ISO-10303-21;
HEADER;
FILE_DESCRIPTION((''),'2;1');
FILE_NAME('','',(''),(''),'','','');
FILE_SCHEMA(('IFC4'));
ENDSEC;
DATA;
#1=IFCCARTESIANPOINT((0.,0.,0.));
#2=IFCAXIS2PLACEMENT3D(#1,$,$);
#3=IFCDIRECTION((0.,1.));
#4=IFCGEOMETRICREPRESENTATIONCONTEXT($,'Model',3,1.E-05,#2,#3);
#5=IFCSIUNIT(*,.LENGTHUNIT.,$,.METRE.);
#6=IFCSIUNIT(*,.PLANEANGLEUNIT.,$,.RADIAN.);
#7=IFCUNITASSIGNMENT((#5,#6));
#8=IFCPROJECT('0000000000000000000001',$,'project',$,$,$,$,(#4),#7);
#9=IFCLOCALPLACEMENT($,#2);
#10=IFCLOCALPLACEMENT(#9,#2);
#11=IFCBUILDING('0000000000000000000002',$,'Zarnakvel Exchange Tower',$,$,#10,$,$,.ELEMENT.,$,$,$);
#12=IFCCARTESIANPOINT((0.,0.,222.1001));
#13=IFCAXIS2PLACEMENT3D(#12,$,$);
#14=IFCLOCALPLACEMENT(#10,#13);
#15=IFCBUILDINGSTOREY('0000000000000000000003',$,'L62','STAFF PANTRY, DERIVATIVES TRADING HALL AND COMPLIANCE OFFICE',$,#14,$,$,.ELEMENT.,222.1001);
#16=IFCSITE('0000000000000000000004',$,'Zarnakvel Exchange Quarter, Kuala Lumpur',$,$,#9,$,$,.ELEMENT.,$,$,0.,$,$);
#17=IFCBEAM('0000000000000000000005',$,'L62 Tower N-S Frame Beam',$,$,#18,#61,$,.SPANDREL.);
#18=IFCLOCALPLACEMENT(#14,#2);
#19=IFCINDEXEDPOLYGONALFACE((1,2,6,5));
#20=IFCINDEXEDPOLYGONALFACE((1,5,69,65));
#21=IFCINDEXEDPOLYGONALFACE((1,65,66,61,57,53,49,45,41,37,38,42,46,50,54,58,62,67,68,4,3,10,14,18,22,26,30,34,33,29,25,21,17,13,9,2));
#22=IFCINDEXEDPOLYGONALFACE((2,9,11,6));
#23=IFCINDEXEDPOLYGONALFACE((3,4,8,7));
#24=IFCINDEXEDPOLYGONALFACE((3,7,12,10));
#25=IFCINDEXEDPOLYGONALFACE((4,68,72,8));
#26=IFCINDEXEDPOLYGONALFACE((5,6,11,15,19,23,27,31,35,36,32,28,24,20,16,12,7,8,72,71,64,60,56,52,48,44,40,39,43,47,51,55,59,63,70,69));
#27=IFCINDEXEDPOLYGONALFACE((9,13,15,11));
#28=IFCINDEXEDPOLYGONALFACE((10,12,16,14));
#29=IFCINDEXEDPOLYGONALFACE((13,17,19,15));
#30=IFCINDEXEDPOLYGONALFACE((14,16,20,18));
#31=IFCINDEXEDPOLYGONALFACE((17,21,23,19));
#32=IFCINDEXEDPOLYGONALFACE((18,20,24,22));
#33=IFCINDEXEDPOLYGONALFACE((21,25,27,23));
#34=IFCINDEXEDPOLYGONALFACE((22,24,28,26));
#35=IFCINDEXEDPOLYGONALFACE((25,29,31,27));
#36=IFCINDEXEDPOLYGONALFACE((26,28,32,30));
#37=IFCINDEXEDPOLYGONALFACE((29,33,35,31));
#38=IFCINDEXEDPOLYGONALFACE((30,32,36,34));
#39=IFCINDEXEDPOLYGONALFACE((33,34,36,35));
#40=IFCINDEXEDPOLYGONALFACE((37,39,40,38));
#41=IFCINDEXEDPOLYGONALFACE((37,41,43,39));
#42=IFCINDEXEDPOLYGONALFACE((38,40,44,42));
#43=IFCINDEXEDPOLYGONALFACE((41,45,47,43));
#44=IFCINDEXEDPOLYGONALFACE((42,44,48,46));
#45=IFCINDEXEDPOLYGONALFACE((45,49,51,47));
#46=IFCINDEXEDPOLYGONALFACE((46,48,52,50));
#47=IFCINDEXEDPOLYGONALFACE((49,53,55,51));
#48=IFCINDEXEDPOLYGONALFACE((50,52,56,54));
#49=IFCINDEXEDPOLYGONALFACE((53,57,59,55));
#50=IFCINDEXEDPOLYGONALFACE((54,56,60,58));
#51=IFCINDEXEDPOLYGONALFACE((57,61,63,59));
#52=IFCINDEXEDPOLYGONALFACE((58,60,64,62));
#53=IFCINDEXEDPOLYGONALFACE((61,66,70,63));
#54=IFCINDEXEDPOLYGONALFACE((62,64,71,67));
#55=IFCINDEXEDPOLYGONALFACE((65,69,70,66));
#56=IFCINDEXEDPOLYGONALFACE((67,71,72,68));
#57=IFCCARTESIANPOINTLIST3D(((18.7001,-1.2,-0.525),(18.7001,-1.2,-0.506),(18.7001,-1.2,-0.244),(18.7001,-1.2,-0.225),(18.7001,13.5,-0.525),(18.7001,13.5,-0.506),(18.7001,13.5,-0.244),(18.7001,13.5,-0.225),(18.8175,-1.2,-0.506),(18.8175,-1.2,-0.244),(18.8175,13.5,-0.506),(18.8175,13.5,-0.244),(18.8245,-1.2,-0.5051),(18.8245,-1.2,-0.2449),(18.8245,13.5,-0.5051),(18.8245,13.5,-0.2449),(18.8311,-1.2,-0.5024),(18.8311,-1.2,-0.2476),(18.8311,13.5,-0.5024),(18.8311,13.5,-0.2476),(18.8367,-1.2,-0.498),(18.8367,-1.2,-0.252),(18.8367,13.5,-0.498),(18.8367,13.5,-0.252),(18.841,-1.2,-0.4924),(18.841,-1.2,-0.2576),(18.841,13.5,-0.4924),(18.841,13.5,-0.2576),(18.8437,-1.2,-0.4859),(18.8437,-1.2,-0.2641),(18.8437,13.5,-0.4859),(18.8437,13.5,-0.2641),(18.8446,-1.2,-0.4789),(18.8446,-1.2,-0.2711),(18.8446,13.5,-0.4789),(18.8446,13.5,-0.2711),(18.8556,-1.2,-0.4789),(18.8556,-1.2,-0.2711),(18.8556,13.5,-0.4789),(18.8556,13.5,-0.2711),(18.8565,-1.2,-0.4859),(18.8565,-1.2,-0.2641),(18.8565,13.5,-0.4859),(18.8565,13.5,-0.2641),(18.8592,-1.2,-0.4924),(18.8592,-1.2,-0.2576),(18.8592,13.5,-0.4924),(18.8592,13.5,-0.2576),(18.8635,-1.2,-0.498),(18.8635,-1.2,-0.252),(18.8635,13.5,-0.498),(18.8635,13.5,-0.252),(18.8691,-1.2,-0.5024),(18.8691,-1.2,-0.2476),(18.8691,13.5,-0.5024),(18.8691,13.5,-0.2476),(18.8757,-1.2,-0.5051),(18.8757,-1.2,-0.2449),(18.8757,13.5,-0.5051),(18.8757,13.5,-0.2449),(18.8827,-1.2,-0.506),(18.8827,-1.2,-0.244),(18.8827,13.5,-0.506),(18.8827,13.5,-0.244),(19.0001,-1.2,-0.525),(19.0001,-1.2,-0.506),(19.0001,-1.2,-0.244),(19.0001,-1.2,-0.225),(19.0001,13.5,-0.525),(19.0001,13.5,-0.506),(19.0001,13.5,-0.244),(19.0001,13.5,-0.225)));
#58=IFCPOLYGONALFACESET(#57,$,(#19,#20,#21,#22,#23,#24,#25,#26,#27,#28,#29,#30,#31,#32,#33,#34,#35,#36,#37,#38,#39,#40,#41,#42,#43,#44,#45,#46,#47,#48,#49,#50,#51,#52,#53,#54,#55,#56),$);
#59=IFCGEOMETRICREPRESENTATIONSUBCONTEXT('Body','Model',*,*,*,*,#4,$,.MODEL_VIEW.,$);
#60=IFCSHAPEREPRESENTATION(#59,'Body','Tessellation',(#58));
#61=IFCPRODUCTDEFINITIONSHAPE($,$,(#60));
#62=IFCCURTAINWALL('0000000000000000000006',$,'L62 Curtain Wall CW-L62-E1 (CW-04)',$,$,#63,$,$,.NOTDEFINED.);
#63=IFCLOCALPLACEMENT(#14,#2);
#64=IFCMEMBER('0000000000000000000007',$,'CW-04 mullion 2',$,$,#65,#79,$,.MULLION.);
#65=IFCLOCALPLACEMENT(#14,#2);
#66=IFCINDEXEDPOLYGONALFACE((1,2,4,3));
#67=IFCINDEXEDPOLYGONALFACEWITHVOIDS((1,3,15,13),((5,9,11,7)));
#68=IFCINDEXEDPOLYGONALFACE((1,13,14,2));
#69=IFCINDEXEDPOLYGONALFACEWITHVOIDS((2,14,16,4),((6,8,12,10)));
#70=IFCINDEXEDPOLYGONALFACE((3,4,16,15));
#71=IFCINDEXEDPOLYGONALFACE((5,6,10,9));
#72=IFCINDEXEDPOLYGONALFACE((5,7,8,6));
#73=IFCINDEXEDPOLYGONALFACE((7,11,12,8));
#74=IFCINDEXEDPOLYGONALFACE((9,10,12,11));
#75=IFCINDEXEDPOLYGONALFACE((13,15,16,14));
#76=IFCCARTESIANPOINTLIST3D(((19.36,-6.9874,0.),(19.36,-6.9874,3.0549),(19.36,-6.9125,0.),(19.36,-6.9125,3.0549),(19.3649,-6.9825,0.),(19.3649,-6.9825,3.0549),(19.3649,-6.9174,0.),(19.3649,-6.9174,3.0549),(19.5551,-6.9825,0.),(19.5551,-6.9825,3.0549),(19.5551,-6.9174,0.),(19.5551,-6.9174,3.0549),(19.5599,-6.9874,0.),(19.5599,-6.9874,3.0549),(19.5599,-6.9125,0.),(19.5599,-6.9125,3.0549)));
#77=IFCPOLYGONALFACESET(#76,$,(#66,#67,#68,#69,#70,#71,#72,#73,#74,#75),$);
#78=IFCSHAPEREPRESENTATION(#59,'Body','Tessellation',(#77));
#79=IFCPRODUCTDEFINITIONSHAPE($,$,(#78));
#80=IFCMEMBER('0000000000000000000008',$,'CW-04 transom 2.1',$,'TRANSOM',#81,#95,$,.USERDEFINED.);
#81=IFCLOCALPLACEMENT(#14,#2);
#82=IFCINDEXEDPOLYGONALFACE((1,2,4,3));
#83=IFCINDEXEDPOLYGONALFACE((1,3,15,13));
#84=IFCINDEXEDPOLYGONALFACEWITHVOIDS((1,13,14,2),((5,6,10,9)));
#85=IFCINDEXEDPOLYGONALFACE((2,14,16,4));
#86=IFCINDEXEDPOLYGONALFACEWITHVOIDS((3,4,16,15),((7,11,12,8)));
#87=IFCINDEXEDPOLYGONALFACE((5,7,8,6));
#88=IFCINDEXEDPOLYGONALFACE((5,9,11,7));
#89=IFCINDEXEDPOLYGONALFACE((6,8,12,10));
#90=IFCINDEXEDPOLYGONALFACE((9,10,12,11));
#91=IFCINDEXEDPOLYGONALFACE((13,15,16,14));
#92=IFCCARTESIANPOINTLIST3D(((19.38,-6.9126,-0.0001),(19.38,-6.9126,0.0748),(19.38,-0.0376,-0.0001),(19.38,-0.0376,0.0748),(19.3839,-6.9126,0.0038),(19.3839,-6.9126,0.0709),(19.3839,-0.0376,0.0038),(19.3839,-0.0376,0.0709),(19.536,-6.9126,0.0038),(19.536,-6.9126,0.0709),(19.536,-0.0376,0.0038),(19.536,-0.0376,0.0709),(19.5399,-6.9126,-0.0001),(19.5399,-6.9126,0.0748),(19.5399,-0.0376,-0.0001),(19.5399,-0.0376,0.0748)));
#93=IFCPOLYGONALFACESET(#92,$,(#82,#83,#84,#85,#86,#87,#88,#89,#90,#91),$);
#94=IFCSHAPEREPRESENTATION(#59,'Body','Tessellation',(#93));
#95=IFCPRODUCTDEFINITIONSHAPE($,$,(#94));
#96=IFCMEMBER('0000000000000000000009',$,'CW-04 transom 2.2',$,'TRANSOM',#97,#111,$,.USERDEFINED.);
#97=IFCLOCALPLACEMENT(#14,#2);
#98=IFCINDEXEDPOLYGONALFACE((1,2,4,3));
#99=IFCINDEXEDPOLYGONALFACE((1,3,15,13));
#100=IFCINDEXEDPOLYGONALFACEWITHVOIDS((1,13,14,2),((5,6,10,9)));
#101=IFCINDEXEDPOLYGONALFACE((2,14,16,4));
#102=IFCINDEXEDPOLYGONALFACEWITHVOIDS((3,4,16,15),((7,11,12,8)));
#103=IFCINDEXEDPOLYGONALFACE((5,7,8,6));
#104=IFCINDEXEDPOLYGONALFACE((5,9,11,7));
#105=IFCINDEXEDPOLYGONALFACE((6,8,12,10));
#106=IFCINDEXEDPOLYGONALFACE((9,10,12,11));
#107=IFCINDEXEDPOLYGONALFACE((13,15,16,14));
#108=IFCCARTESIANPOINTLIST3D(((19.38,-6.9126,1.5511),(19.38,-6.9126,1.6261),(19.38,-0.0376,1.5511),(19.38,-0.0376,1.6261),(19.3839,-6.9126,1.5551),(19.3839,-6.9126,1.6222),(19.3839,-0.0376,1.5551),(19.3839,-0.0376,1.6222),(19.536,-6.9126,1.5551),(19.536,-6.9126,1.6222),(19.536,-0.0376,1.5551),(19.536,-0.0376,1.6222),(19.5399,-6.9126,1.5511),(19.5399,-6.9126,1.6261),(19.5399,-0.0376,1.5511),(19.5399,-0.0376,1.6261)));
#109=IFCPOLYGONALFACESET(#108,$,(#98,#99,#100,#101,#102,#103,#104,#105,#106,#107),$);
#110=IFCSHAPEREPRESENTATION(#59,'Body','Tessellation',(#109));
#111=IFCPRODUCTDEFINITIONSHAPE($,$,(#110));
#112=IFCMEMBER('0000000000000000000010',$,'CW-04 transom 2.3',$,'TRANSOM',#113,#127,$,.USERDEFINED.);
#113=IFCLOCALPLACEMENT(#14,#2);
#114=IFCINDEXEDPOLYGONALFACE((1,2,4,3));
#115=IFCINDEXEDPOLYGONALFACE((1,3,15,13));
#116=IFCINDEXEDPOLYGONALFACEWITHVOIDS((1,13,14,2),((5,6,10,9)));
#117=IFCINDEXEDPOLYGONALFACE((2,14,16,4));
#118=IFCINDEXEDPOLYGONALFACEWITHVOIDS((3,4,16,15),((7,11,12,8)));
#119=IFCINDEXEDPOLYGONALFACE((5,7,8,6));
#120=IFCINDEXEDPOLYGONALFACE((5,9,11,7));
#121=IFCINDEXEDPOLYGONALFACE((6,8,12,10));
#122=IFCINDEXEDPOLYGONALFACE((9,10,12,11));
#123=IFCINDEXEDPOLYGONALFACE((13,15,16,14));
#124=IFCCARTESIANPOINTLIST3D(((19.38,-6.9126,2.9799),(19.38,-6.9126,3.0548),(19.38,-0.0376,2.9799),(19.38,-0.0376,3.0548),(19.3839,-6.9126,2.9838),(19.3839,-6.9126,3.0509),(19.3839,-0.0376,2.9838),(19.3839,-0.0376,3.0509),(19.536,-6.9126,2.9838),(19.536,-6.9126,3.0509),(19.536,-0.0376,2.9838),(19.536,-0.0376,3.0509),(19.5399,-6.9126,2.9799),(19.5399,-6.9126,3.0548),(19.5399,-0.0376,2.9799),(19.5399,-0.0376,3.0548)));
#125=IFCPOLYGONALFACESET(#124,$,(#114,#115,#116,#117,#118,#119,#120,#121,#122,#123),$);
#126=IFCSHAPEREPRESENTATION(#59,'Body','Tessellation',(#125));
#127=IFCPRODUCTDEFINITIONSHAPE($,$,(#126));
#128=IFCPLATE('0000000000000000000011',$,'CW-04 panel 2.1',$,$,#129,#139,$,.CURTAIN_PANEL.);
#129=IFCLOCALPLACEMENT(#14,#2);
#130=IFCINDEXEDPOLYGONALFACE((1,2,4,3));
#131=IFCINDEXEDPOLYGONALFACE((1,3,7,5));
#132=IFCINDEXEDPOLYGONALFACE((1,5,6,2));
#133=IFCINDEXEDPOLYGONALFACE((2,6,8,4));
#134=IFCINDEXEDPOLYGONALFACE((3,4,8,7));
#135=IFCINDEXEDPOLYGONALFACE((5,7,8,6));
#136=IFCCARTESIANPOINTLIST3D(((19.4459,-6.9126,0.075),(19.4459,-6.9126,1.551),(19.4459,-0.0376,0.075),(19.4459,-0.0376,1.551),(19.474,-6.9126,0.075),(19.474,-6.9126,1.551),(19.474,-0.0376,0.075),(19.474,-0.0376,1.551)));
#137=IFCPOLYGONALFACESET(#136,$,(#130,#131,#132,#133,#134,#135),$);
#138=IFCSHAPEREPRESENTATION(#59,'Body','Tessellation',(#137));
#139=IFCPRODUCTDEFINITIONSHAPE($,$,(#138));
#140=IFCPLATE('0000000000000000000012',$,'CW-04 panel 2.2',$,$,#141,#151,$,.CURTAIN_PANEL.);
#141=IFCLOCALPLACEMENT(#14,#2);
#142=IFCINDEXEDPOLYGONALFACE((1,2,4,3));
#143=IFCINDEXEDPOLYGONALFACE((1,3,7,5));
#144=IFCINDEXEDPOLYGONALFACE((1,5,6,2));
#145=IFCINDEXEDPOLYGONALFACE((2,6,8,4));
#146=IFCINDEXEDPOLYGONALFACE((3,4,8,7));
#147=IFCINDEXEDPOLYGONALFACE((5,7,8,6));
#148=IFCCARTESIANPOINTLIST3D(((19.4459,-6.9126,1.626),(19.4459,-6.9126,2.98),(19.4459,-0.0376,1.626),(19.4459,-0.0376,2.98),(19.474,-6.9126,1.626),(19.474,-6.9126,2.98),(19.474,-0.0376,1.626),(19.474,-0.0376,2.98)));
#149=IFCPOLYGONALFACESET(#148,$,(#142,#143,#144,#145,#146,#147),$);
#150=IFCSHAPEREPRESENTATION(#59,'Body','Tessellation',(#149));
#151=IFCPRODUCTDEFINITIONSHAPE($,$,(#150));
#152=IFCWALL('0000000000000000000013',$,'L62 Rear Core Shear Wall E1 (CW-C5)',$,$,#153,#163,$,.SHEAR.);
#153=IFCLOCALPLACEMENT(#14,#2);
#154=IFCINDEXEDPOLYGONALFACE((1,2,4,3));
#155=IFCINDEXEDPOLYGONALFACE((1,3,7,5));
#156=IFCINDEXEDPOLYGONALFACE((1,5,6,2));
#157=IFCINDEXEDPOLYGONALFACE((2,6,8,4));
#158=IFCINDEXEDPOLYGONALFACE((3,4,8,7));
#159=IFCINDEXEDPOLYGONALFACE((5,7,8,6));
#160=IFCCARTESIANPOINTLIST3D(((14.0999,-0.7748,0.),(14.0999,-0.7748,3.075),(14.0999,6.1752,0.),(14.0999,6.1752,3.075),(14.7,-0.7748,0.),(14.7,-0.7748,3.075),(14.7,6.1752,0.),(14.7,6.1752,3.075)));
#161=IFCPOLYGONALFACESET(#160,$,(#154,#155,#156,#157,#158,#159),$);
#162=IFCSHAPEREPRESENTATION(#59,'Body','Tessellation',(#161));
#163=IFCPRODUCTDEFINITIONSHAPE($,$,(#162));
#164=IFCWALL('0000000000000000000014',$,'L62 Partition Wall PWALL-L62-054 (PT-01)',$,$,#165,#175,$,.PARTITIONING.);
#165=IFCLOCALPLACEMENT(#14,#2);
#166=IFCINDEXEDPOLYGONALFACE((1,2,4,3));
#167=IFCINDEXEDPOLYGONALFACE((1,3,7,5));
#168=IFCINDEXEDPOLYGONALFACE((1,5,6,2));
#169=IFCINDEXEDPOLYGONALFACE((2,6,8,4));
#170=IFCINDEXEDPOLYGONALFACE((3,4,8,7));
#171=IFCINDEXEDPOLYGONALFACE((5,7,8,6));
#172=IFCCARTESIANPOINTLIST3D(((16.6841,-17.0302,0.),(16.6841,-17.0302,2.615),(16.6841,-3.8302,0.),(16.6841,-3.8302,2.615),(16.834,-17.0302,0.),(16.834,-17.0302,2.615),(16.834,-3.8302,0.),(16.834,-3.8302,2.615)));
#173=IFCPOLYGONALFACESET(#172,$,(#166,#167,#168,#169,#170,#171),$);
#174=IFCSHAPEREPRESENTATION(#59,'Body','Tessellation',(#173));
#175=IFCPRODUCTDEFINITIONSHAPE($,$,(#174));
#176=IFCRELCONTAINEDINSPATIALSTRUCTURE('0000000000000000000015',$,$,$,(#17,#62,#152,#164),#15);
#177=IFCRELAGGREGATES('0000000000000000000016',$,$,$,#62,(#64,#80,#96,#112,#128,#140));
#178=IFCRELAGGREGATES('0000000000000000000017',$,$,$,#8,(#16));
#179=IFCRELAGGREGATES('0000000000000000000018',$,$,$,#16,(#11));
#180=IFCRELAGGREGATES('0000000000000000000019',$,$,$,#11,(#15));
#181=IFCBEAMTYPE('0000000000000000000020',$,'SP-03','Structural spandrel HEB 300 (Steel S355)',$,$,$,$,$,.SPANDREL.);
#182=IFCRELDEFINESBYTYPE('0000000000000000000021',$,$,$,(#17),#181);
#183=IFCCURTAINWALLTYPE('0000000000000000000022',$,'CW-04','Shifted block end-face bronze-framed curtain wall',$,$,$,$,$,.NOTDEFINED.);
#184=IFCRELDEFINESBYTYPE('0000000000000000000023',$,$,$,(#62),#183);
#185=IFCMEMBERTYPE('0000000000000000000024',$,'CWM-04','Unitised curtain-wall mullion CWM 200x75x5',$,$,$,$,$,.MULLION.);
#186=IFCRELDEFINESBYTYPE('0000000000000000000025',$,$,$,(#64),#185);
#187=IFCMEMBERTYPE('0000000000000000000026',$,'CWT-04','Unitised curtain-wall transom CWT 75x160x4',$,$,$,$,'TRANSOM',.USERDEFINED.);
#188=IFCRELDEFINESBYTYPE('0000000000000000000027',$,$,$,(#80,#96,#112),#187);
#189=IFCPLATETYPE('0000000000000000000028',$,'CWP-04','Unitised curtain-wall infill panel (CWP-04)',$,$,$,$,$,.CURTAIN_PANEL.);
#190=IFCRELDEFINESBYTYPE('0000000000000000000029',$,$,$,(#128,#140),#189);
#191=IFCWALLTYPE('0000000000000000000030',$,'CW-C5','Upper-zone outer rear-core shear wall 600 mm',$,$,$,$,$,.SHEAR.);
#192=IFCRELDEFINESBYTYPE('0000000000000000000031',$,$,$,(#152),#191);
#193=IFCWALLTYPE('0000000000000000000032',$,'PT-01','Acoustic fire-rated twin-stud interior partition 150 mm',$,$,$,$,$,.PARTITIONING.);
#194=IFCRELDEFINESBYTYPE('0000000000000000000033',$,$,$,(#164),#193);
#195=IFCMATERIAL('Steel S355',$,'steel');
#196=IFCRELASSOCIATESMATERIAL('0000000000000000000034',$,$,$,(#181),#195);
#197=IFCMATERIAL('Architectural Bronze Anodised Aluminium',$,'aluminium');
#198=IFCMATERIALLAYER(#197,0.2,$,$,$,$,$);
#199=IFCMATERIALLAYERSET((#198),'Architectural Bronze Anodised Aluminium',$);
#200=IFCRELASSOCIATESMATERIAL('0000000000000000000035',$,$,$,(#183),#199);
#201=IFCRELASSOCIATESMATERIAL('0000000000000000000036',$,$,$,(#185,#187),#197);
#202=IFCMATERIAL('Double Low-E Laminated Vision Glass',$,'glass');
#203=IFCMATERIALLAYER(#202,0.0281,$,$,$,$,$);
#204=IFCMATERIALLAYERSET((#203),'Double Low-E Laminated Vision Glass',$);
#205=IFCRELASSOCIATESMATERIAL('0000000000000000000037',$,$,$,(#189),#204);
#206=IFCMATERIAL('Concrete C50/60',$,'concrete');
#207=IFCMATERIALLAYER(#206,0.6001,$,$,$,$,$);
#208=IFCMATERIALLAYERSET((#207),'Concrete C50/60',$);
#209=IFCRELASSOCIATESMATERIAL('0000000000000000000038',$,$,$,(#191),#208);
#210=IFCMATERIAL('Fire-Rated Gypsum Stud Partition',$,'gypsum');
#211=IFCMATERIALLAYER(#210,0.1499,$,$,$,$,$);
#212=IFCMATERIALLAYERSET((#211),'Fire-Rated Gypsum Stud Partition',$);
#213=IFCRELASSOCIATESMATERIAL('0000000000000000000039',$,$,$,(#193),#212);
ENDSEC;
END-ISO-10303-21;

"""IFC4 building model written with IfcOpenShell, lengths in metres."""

from ifc_helpers import new_model, si_unit, direction, frame, frame_2d, origin, origin_2d, place, context, subcontext, project, spatial, rectangle, hollow_rectangle, i_section, extrude, source, transform, mapped, material, layer, layer_set, material_profile, profile_set, type_object, element, aggregate, save


model = new_model("IFC4")

# Units and contexts
model_context = context("Model", 3, precision=1e-05, world=origin(), true_north=direction((0.0, 1.0)))
body_context = subcontext(model_context, "Body", "Model", "MODEL_VIEW")
ifc_project = project(units=[si_unit("LENGTHUNIT", "METRE"), si_unit("PLANEANGLEUNIT", "RADIAN")], contexts=[model_context])

# Site, building, storey
site_placement = place(None, origin())
site = spatial("IfcSite", under=ifc_project, at=site_placement, Name="Zarnakvel Exchange Quarter, Kuala Lumpur", CompositionType="ELEMENT", RefElevation=0.0)
building_placement = place(site_placement, origin())
building = spatial("IfcBuilding", under=site, at=building_placement, Name="Zarnakvel Exchange Tower", CompositionType="ELEMENT")
storey_placement = place(building_placement, frame((0.0, 0.0, 222.1001)))
storey = spatial("IfcBuildingStorey", under=building, at=storey_placement, Name="L62", Description="STAFF PANTRY, DERIVATIVES TRADING HALL AND COMPLIANCE OFFICE", CompositionType="ELEMENT", Elevation=222.1001)

# Shared definitions
ifc_material_1 = material(Name="Concrete C50/60", Category="concrete")
ifc_material_2 = material(Name="Steel S355", Category="steel")

# Beam
ifc_material_profile_1 = material_profile(ifc_material_2, i_section(OverallWidth=0.3, OverallDepth=0.3, WebThickness=0.011, FlangeThickness=0.019, FilletRadius=0.0271, at=origin_2d()))
ifc_profile_set_1 = profile_set([ifc_material_profile_1], Name="Steel S355")
beam_type_1 = type_object("IfcBeamType", Name="SP-03", Description="Structural spandrel HEB 300 (Steel S355)", PredefinedType="SPANDREL", material=ifc_profile_set_1)
beam_1_placement = place(storey_placement, frame((18.8501, -1.2, -0.375), z_axis=(0.0, 1.0, 0.0), x_axis=(-1.0, 0.0, 0.0)))
element("IfcBeam", 1, at=beam_1_placement, inside=storey, type_object=beam_type_1, Name="L62 Tower N-S Frame Beam", PredefinedType="SPANDREL", context=body_context, shape_type="SweptSolid", body=[
    extrude(i_section(OverallWidth=0.3, OverallDepth=0.3, WebThickness=0.011, FlangeThickness=0.019, FilletRadius=0.0271, at=origin_2d()), origin(), (0.0, 0.0, 1.0), 14.7),
])

# Curtain wall, members, plates
ifc_material_3 = material(Name="Architectural Bronze Anodised Aluminium", Category="aluminium")
ifc_layer_1 = layer(ifc_material_3, 0.2)
ifc_layer_set_1 = layer_set([ifc_layer_1], Name="Architectural Bronze Anodised Aluminium")
curtain_wall_type = type_object("IfcCurtainWallType", Name="CW-04", Description="Shifted block end-face bronze-framed curtain wall", PredefinedType="NOTDEFINED", material=ifc_layer_set_1)
curtain_wall_placement = place(storey_placement, origin())
curtain_wall = element("IfcCurtainWall", 2, at=curtain_wall_placement, inside=storey, type_object=curtain_wall_type, Name="L62 Curtain Wall CW-L62-E1 (CW-04)", PredefinedType="NOTDEFINED")
ifc_material_profile_2 = material_profile(ifc_material_3, hollow_rectangle(XDim=0.2, YDim=0.075, WallThickness=0.0049, at=origin_2d()))
ifc_profile_set_2 = profile_set([ifc_material_profile_2], Name="Architectural Bronze Anodised Aluminium")
member_type_1 = type_object("IfcMemberType", Name="CWM-04", Description="Unitised curtain-wall mullion CWM 200x75x5", PredefinedType="MULLION", material=ifc_profile_set_2)
shared_shape_1 = source(origin(), body_context, "Body", "SweptSolid", [
    extrude(hollow_rectangle(XDim=0.2, YDim=0.075, WallThickness=0.0049, at=origin_2d()), origin(), (0.0, 0.0, 1.0), 3.0549),
])
member_1_placement = place(storey_placement, frame((19.46, -6.95, 0.0), z_axis=(0.0, 0.0, 1.0), x_axis=(-1.0, 0.0, 0.0)))
member_1 = element("IfcMember", 3, at=member_1_placement, type_object=member_type_1, Name="CW-04 mullion 2", PredefinedType="MULLION", context=body_context, shape_type="MappedRepresentation", body=[
    mapped(shared_shape_1, transform((0.0, 0.0, 0.0), x_axis=(1.0, 0.0, 0.0), y_axis=(0.0, 1.0, 0.0), z_axis=(0.0, 0.0, 1.0), scale=1.0)),
])
ifc_material_profile_3 = material_profile(ifc_material_3, hollow_rectangle(XDim=0.1599, YDim=0.075, WallThickness=0.0039, at=origin_2d()))
ifc_profile_set_3 = profile_set([ifc_material_profile_3], Name="Architectural Bronze Anodised Aluminium")
member_type_2 = type_object("IfcMemberType", Name="CWT-04", Description="Unitised curtain-wall transom CWT 75x160x4", ElementType="TRANSOM", PredefinedType="USERDEFINED", material=ifc_profile_set_3)
shared_shape_2 = source(origin(), body_context, "Body", "SweptSolid", [
    extrude(hollow_rectangle(XDim=0.1599, YDim=0.075, WallThickness=0.0039, at=origin_2d()), origin(), (0.0, 0.0, 1.0), 6.875),
])
member_2_placement = place(storey_placement, frame((19.46, -6.9126, 0.0374), z_axis=(0.0, 1.0, 0.0), x_axis=(-1.0, 0.0, 0.0)))
member_2 = element("IfcMember", 4, at=member_2_placement, type_object=member_type_2, Name="CW-04 transom 2.1", ObjectType="TRANSOM", PredefinedType="USERDEFINED", context=body_context, shape_type="MappedRepresentation", body=[
    mapped(shared_shape_2, transform((0.0, 0.0, 0.0), x_axis=(1.0, 0.0, 0.0), y_axis=(0.0, 1.0, 0.0), z_axis=(0.0, 0.0, 1.0), scale=1.0)),
])
member_3_placement = place(storey_placement, frame((19.46, -6.9126, 1.5886), z_axis=(0.0, 1.0, 0.0), x_axis=(-1.0, 0.0, 0.0)))
member_3 = element("IfcMember", 5, at=member_3_placement, type_object=member_type_2, Name="CW-04 transom 2.2", ObjectType="TRANSOM", PredefinedType="USERDEFINED", context=body_context, shape_type="MappedRepresentation", body=[
    mapped(shared_shape_2, transform((0.0, 0.0, 0.0), x_axis=(1.0, 0.0, 0.0), y_axis=(0.0, 1.0, 0.0), z_axis=(0.0, 0.0, 1.0), scale=1.0)),
])
member_4_placement = place(storey_placement, frame((19.46, -6.9126, 3.0173), z_axis=(0.0, 1.0, 0.0), x_axis=(-1.0, 0.0, 0.0)))
member_4 = element("IfcMember", 6, at=member_4_placement, type_object=member_type_2, Name="CW-04 transom 2.3", ObjectType="TRANSOM", PredefinedType="USERDEFINED", context=body_context, shape_type="MappedRepresentation", body=[
    mapped(shared_shape_2, transform((0.0, 0.0, 0.0), x_axis=(1.0, 0.0, 0.0), y_axis=(0.0, 1.0, 0.0), z_axis=(0.0, 0.0, 1.0), scale=1.0)),
])
ifc_material_4 = material(Name="Double Low-E Laminated Vision Glass", Category="glass")
ifc_layer_2 = layer(ifc_material_4, 0.0281)
ifc_layer_set_2 = layer_set([ifc_layer_2], Name="Double Low-E Laminated Vision Glass")
plate_type = type_object("IfcPlateType", Name="CWP-04", Description="Unitised curtain-wall infill panel (CWP-04)", PredefinedType="CURTAIN_PANEL", material=ifc_layer_set_2)
shared_shape_3 = source(origin(), body_context, "Body", "SweptSolid", [
    extrude(rectangle(XDim=6.875, YDim=0.0281, at=origin_2d()), origin(), (0.0, 0.0, 1.0), 1.4761),
])
plate_1_placement = place(storey_placement, frame((19.46, -3.4751, 0.075), z_axis=(0.0, 0.0, 1.0), x_axis=(0.0, 1.0, 0.0)))
plate_1 = element("IfcPlate", 7, at=plate_1_placement, type_object=plate_type, Name="CW-04 panel 2.1", PredefinedType="CURTAIN_PANEL", context=body_context, shape_type="MappedRepresentation", body=[
    mapped(shared_shape_3, transform((0.0, 0.0, 0.0), x_axis=(1.0, 0.0, 0.0), y_axis=(0.0, 1.0, 0.0), z_axis=(0.0, 0.0, 1.0), scale=1.0)),
])
shared_shape_4 = source(origin(), body_context, "Body", "SweptSolid", [
    extrude(rectangle(XDim=6.875, YDim=0.0281, at=origin_2d()), origin(), (0.0, 0.0, 1.0), 1.354),
])
plate_2_placement = place(storey_placement, frame((19.46, -3.4751, 1.626), z_axis=(0.0, 0.0, 1.0), x_axis=(0.0, 1.0, 0.0)))
plate_2 = element("IfcPlate", 8, at=plate_2_placement, type_object=plate_type, Name="CW-04 panel 2.2", PredefinedType="CURTAIN_PANEL", context=body_context, shape_type="MappedRepresentation", body=[
    mapped(shared_shape_4, transform((0.0, 0.0, 0.0), x_axis=(1.0, 0.0, 0.0), y_axis=(0.0, 1.0, 0.0), z_axis=(0.0, 0.0, 1.0), scale=1.0)),
])
aggregate(curtain_wall, [member_1, member_2, member_3, member_4, plate_1, plate_2])

# Walls
ifc_layer_3 = layer(ifc_material_1, 0.6001)
ifc_layer_set_3 = layer_set([ifc_layer_3], Name="Concrete C50/60")
wall_type_1 = type_object("IfcWallType", Name="CW-C5", Description="Upper-zone outer rear-core shear wall 600 mm", PredefinedType="SHEAR", material=ifc_layer_set_3)
wall_1_placement = place(storey_placement, frame((14.3999, -0.7749, 0.0), z_axis=(0.0, 0.0, 1.0), x_axis=(0.0, 1.0, 0.0)))
element("IfcWall", 9, at=wall_1_placement, inside=storey, type_object=wall_type_1, Name="L62 Rear Core Shear Wall E1 (CW-C5)", PredefinedType="SHEAR", context=body_context, shape_type="SweptSolid", body=[
    extrude(rectangle(XDim=6.95, YDim=0.6001, at=frame_2d((3.4751, 0.0))), origin(), (0.0, 0.0, 1.0), 3.075),
])
ifc_material_5 = material(Name="Fire-Rated Gypsum Stud Partition", Category="gypsum")
ifc_layer_4 = layer(ifc_material_5, 0.1499)
ifc_layer_set_4 = layer_set([ifc_layer_4], Name="Fire-Rated Gypsum Stud Partition")
wall_type_2 = type_object("IfcWallType", Name="PT-01", Description="Acoustic fire-rated twin-stud interior partition 150 mm", PredefinedType="PARTITIONING", material=ifc_layer_set_4)
wall_2_placement = place(storey_placement, frame((16.759, -3.8301, 0.0), z_axis=(0.0, 0.0, 1.0), x_axis=(0.0, -1.0, 0.0)))
element("IfcWall", 10, at=wall_2_placement, inside=storey, type_object=wall_type_2, Name="L62 Partition Wall PWALL-L62-054 (PT-01)", PredefinedType="PARTITIONING", context=body_context, shape_type="SweptSolid", body=[
    extrude(rectangle(XDim=13.2, YDim=0.1499, at=frame_2d((6.6001, 0.0))), origin(), (0.0, 0.0, 1.0), 2.615),
])

save(model, "model.ifc")
